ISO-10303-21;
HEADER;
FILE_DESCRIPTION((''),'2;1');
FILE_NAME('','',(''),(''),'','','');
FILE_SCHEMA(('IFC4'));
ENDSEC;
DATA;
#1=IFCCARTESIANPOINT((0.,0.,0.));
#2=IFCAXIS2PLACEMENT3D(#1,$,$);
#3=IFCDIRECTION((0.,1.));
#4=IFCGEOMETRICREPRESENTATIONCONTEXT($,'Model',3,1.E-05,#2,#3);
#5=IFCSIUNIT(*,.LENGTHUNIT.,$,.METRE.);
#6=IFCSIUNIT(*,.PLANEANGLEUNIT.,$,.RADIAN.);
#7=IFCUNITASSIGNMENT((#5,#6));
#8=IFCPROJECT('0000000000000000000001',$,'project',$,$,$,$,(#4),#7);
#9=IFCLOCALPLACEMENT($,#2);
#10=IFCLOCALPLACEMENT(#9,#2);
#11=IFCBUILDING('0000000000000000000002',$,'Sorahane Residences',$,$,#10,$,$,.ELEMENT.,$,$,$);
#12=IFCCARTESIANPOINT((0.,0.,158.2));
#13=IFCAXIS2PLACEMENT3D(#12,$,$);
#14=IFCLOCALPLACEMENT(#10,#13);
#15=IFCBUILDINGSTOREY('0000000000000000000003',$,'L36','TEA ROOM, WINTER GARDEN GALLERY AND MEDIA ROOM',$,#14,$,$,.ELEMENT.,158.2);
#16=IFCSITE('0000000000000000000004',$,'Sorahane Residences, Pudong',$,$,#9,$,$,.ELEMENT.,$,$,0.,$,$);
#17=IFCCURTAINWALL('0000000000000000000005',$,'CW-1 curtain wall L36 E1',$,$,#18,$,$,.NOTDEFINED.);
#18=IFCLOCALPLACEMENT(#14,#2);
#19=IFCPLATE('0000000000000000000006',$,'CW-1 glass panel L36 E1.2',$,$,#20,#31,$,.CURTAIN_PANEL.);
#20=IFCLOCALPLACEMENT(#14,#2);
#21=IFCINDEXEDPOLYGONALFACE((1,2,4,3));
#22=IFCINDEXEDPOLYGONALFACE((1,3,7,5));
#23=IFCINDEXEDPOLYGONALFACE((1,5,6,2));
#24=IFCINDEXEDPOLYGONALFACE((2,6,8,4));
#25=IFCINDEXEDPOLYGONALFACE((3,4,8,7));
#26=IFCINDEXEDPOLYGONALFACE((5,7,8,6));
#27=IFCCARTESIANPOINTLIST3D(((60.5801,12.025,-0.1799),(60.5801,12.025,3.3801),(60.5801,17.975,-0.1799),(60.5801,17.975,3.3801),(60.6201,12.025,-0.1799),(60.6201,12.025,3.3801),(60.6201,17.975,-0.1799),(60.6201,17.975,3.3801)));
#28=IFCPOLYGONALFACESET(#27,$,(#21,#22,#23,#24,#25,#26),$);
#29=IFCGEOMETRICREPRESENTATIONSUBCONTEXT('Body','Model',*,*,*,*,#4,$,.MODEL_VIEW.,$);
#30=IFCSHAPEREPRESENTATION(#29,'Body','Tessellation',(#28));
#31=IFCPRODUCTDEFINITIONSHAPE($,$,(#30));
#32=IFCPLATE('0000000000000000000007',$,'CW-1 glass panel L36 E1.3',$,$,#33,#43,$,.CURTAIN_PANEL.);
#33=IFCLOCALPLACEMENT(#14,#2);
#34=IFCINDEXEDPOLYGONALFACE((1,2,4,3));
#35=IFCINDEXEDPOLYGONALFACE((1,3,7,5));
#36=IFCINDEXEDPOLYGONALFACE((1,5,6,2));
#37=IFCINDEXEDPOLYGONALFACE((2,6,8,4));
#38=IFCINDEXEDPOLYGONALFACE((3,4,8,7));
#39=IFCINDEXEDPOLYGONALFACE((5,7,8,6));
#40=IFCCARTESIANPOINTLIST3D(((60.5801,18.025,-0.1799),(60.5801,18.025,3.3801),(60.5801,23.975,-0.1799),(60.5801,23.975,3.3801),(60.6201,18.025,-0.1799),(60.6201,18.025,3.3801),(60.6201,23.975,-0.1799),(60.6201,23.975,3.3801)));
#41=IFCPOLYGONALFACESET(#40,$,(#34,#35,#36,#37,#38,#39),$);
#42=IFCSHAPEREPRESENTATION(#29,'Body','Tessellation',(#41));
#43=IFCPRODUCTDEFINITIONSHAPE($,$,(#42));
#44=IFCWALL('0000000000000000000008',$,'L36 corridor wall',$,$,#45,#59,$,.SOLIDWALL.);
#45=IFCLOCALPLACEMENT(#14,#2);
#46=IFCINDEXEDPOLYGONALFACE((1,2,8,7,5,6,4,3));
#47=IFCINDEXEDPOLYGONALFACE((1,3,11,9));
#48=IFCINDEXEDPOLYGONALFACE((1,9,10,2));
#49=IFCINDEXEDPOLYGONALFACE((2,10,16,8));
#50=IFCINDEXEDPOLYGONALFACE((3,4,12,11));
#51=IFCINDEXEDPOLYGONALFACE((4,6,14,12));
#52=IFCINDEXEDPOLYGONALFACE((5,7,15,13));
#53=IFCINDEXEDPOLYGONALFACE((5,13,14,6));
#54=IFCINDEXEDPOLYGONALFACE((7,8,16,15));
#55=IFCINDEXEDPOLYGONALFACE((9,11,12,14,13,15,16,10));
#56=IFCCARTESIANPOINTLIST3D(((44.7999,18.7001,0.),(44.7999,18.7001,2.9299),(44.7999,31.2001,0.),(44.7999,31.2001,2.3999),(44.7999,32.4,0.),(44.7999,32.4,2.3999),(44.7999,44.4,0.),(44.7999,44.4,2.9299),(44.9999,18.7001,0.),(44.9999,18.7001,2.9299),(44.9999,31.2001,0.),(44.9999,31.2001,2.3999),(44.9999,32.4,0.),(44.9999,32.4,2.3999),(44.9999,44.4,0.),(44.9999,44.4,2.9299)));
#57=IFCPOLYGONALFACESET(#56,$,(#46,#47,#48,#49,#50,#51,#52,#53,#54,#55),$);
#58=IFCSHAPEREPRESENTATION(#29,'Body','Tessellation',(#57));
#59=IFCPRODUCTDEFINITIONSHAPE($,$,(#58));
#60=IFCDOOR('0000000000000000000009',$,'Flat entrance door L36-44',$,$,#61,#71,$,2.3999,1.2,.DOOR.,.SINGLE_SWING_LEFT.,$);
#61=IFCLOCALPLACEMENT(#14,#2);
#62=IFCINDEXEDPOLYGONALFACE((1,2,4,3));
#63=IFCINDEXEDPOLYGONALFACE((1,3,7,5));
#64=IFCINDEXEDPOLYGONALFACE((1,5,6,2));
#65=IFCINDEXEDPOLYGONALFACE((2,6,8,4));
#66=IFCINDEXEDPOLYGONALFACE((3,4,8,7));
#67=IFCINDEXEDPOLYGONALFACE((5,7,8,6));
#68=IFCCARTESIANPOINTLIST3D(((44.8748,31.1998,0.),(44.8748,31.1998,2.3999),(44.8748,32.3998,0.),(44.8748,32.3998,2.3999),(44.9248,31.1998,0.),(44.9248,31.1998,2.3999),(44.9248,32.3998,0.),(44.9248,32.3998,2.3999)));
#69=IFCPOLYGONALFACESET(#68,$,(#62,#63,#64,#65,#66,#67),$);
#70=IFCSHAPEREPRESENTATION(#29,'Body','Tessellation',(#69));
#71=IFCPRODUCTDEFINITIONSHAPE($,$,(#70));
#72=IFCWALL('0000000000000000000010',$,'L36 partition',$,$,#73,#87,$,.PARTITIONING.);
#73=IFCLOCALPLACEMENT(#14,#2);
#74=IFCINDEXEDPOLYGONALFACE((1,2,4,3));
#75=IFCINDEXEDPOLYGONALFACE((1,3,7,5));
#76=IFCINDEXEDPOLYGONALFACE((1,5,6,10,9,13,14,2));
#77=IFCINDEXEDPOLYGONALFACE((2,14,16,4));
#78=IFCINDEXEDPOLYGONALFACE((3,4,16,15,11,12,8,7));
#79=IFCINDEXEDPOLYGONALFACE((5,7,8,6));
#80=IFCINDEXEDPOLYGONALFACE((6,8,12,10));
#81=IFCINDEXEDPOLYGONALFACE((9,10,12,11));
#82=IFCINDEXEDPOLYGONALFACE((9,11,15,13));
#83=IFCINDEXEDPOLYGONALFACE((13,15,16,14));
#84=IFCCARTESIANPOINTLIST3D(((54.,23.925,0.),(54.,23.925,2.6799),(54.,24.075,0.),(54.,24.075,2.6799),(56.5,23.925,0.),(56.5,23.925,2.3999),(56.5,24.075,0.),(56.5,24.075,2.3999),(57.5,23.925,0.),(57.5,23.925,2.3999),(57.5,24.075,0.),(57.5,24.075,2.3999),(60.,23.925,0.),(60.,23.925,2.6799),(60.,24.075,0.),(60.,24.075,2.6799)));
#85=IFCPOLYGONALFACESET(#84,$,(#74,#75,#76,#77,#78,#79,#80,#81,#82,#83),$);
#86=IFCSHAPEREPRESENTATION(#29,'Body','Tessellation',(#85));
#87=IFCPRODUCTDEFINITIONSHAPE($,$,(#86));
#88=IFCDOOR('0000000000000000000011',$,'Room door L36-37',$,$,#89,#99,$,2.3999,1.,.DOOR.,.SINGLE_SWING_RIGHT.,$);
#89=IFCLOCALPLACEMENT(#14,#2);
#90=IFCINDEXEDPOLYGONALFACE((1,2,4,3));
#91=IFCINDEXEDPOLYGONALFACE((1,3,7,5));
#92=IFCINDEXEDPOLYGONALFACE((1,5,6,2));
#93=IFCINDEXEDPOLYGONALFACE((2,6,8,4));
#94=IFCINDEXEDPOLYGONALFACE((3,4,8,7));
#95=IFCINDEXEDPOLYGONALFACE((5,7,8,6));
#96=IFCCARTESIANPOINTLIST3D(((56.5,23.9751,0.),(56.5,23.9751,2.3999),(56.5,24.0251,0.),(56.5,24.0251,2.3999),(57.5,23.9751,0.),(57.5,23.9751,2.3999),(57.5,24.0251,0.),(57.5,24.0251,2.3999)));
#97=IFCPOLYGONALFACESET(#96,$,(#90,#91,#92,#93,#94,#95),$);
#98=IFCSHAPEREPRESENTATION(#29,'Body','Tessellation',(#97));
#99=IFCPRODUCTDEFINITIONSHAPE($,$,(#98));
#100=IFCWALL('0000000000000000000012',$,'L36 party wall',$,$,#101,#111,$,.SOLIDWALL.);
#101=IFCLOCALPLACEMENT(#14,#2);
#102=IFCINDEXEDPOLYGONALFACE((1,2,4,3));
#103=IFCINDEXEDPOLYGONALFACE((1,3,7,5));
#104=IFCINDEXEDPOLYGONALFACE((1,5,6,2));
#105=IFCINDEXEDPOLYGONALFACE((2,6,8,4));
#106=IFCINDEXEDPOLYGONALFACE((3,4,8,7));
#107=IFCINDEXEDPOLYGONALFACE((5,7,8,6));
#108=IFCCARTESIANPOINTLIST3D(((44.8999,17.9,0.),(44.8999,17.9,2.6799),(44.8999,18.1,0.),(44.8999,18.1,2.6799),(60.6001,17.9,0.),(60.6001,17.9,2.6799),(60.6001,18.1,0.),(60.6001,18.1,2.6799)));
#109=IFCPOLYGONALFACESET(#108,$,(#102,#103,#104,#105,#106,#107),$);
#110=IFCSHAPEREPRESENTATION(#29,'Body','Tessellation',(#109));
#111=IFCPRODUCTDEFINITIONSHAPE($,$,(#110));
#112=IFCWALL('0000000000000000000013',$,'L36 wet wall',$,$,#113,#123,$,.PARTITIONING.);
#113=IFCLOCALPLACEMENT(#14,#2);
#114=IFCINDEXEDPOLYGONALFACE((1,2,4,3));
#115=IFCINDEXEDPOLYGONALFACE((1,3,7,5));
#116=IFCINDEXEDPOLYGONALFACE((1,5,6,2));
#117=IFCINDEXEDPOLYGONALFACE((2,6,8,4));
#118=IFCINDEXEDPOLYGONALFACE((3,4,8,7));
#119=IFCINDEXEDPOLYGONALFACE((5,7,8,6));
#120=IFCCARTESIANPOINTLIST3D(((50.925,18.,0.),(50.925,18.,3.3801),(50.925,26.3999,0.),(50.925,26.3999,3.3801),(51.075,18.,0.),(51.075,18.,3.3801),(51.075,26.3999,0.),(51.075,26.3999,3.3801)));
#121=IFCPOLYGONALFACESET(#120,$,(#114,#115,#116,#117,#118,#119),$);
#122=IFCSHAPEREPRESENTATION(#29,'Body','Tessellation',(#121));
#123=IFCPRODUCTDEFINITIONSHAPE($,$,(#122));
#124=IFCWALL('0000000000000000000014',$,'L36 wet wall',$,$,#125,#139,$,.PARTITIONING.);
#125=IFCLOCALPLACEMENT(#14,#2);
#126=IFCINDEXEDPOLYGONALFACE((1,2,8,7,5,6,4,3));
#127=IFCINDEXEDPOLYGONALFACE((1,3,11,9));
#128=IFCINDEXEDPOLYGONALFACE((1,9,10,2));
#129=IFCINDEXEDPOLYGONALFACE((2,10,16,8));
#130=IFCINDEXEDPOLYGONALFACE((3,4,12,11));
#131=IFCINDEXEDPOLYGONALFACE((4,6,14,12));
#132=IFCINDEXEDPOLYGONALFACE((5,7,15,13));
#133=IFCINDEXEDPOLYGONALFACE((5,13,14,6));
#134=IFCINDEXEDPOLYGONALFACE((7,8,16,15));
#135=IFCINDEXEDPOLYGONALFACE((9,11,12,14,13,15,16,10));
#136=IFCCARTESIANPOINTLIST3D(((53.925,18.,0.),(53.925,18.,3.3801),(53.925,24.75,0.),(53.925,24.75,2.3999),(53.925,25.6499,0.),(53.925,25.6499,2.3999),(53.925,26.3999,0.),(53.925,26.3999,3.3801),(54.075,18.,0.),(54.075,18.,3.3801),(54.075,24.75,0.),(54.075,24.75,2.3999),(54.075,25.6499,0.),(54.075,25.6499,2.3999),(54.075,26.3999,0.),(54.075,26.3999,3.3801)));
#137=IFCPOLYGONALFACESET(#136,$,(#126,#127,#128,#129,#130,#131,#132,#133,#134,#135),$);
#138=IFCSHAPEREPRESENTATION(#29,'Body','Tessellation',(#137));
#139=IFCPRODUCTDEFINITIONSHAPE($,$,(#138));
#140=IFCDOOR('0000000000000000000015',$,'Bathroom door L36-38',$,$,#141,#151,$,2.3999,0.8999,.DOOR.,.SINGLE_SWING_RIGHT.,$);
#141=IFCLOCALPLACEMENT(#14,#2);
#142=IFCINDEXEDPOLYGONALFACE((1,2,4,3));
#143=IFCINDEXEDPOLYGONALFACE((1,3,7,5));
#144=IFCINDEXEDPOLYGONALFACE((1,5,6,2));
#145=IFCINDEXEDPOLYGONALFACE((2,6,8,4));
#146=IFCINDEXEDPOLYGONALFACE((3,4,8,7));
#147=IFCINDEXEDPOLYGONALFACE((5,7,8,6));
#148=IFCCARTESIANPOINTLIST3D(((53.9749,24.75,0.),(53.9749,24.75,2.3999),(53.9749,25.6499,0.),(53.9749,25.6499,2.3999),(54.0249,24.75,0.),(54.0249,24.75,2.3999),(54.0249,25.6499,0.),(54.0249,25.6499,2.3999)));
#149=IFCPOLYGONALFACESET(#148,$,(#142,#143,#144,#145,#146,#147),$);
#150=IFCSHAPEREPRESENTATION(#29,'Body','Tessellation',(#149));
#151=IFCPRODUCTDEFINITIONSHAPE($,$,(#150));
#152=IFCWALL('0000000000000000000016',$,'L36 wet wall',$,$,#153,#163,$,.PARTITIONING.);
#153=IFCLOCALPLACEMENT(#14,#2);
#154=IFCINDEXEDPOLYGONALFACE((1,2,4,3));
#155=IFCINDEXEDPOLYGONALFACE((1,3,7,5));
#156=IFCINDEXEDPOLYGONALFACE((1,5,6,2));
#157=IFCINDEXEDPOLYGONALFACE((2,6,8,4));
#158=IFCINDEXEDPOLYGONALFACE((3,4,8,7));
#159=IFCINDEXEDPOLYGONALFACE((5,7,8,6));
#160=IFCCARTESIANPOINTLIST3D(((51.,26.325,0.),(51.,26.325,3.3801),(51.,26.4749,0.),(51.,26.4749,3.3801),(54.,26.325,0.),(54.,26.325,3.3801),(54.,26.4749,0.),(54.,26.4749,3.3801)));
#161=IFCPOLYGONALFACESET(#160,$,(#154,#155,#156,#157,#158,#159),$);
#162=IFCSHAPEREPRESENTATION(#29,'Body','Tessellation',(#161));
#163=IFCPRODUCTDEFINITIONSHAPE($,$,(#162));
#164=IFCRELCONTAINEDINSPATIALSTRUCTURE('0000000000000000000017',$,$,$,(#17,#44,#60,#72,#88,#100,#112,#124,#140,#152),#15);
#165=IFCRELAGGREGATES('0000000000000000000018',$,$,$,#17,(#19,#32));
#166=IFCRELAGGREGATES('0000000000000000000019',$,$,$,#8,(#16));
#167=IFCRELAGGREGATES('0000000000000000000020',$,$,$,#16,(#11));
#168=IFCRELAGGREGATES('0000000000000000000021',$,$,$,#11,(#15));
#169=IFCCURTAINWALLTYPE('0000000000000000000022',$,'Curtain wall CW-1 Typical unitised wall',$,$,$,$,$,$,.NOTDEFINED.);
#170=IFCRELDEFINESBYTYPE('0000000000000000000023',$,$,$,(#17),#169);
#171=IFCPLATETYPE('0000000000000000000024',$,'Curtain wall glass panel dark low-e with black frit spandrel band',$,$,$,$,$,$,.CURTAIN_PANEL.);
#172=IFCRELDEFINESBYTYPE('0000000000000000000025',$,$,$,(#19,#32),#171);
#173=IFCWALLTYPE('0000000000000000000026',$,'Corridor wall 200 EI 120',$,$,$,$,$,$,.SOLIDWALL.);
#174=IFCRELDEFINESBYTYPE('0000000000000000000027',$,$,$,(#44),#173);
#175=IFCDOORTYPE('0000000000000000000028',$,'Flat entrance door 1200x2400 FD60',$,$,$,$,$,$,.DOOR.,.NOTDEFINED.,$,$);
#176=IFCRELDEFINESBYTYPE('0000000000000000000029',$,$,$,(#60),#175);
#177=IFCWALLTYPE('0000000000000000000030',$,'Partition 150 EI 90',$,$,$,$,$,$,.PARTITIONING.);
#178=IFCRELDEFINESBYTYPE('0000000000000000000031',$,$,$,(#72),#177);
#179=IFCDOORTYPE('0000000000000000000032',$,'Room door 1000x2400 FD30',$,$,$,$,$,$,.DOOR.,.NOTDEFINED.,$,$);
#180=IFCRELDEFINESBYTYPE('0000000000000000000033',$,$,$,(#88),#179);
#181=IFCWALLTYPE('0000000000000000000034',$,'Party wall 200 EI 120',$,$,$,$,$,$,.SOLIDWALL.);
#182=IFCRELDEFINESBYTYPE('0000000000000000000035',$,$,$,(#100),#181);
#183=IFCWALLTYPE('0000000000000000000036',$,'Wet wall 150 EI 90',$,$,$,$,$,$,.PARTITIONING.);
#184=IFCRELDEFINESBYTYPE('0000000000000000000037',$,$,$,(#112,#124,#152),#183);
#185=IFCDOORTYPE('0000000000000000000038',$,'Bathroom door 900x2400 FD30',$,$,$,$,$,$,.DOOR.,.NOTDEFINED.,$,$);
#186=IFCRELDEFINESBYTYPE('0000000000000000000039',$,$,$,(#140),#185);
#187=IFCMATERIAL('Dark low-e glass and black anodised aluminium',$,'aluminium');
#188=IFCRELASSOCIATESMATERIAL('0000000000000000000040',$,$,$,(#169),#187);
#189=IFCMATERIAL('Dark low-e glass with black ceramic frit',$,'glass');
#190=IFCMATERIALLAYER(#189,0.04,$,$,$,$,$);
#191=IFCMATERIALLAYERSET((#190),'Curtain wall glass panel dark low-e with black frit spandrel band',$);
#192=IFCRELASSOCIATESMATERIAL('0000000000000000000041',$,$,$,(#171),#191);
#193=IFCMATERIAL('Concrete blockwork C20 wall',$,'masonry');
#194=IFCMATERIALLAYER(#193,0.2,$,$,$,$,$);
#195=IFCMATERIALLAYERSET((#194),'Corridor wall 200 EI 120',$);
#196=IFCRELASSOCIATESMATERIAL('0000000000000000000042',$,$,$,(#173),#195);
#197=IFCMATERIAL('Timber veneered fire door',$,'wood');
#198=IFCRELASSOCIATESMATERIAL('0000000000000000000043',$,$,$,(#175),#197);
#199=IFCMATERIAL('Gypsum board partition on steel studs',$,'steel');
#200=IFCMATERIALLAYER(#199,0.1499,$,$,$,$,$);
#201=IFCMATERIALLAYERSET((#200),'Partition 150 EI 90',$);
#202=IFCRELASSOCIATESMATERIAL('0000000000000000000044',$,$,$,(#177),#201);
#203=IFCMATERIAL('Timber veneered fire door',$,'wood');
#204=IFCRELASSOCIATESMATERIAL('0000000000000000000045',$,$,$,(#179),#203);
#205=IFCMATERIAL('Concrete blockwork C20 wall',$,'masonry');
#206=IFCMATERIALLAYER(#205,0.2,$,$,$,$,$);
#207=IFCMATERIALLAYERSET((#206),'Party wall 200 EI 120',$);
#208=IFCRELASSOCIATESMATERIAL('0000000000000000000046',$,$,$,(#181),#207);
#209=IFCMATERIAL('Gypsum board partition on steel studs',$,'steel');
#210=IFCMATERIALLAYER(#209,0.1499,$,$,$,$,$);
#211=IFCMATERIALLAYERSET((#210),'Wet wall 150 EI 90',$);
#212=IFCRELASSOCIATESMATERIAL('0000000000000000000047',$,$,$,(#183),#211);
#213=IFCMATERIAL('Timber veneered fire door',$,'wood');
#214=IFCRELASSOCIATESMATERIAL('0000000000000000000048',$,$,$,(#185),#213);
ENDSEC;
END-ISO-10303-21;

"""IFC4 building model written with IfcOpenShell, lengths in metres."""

from ifc_helpers import new_model, si_unit, direction, frame, frame_2d, origin, origin_2d, place, context, subcontext, project, spatial, rectangle, extrude, material, layer, layer_set, type_object, element, fill, aggregate, save


model = new_model("IFC4")

# Units and contexts
model_context = context("Model", 3, precision=1e-05, world=origin(), true_north=direction((0.0, 1.0)))
body_context = subcontext(model_context, "Body", "Model", "MODEL_VIEW")
ifc_project = project(units=[si_unit("LENGTHUNIT", "METRE"), si_unit("PLANEANGLEUNIT", "RADIAN")], contexts=[model_context])

# Site, building, storey
site_placement = place(None, origin())
site = spatial("IfcSite", under=ifc_project, at=site_placement, Name="Sorahane Residences, Pudong", CompositionType="ELEMENT", RefElevation=0.0)
building_placement = place(site_placement, origin())
building = spatial("IfcBuilding", under=site, at=building_placement, Name="Sorahane Residences", CompositionType="ELEMENT")
storey_placement = place(building_placement, frame((0.0, 0.0, 158.2)))
storey = spatial("IfcBuildingStorey", under=building, at=storey_placement, Name="L36", Description="TEA ROOM, WINTER GARDEN GALLERY AND MEDIA ROOM", CompositionType="ELEMENT", Elevation=158.2)

# Curtain wall
ifc_material_1 = material(Name="Dark low-e glass and black anodised aluminium", Category="aluminium")
curtain_wall_type = type_object("IfcCurtainWallType", Name="Curtain wall CW-1 Typical unitised wall", PredefinedType="NOTDEFINED", material=ifc_material_1)
curtain_wall_placement = place(storey_placement, origin())
curtain_wall = element("IfcCurtainWall", 1, at=curtain_wall_placement, inside=storey, type_object=curtain_wall_type, Name="CW-1 curtain wall L36 E1", PredefinedType="NOTDEFINED")

# Plates
ifc_material_2 = material(Name="Dark low-e glass with black ceramic frit", Category="glass")
ifc_layer_1 = layer(ifc_material_2, 0.04)
ifc_layer_set_1 = layer_set([ifc_layer_1], Name="Curtain wall glass panel dark low-e with black frit spandrel band")
plate_type = type_object("IfcPlateType", Name="Curtain wall glass panel dark low-e with black frit spandrel band", PredefinedType="CURTAIN_PANEL", material=ifc_layer_set_1)
plate_1_placement = place(storey_placement, frame((60.6001, 15.0, -0.1799), z_axis=(0.0, 0.0, 1.0), x_axis=(0.0, 1.0, 0.0)))
plate_1 = element("IfcPlate", 2, at=plate_1_placement, type_object=plate_type, Name="CW-1 glass panel L36 E1.2", PredefinedType="CURTAIN_PANEL", context=body_context, shape_type="SweptSolid", body=[
    extrude(rectangle(XDim=5.95, YDim=0.04, at=origin_2d()), origin(), (0.0, 0.0, 1.0), 3.5601),
])
plate_2_placement = place(storey_placement, frame((60.6001, 21.0, -0.1799), z_axis=(0.0, 0.0, 1.0), x_axis=(0.0, 1.0, 0.0)))
plate_2 = element("IfcPlate", 3, at=plate_2_placement, type_object=plate_type, Name="CW-1 glass panel L36 E1.3", PredefinedType="CURTAIN_PANEL", context=body_context, shape_type="SweptSolid", body=[
    extrude(rectangle(XDim=5.95, YDim=0.04, at=origin_2d()), origin(), (0.0, 0.0, 1.0), 3.5601),
])
aggregate(curtain_wall, [plate_1, plate_2])

# Walls, openings, doors
ifc_material_3 = material(Name="Concrete blockwork C20 wall", Category="masonry")
ifc_layer_2 = layer(ifc_material_3, 0.2)
ifc_layer_set_2 = layer_set([ifc_layer_2], Name="Corridor wall 200 EI 120")
wall_type_1 = type_object("IfcWallType", Name="Corridor wall 200 EI 120", PredefinedType="SOLIDWALL", material=ifc_layer_set_2)
wall_1_placement = place(storey_placement, frame((44.8999, 18.7, 0.0), z_axis=(0.0, 0.0, 1.0), x_axis=(0.0, 1.0, 0.0)))
wall_1 = element("IfcWall", 4, at=wall_1_placement, inside=storey, type_object=wall_type_1, Name="L36 corridor wall", PredefinedType="SOLIDWALL", context=body_context, shape_type="SweptSolid", body=[
    extrude(rectangle(XDim=25.7, YDim=0.2, at=frame_2d((12.8501, 0.0))), origin(), (0.0, 0.0, 1.0), 2.9299),
])
opening_1_placement = place(wall_1_placement, frame((12.5, 0.0, 0.0)))
opening_1 = element("IfcOpeningElement", 5, at=opening_1_placement, cuts=wall_1, PredefinedType="OPENING", context=body_context, shape_type="SweptSolid", body=[
    extrude(rectangle(XDim=1.2, YDim=2.3999, at=frame_2d((0.6001, 1.2))), frame((0.0, 0.1099, 0.0), z_axis=(0.0, -1.0, 0.0), x_axis=(1.0, 0.0, 0.0)), (0.0, 0.0, 1.0), 0.22),
])
ifc_material_4 = material(Name="Timber veneered fire door", Category="wood")
door_type_1 = type_object("IfcDoorType", Name="Flat entrance door 1200x2400 FD60", OperationType="NOTDEFINED", PredefinedType="DOOR", material=ifc_material_4)
door_1_placement = place(opening_1_placement, frame((1.2, 0.0, 0.0), z_axis=(0.0, 0.0, 1.0), x_axis=(-1.0, 0.0, 0.0)))
door_1 = element("IfcDoor", 6, at=door_1_placement, inside=storey, type_object=door_type_1, Name="Flat entrance door L36-44", OperationType="SINGLE_SWING_LEFT", OverallHeight=2.3999, OverallWidth=1.2, PredefinedType="DOOR", context=body_context, shape_type="SweptSolid", body=[
    extrude(rectangle(XDim=1.2, YDim=2.3999, at=frame_2d((0.6001, 1.2))), frame((0.0, 0.0249, 0.0), z_axis=(0.0, -1.0, 0.0), x_axis=(1.0, 0.0, 0.0)), (0.0, 0.0, 1.0), 0.05),
])
fill(opening_1, door_1)
ifc_material_5 = material(Name="Gypsum board partition on steel studs", Category="steel")
ifc_layer_3 = layer(ifc_material_5, 0.1499)
ifc_layer_set_3 = layer_set([ifc_layer_3], Name="Partition 150 EI 90")
wall_type_2 = type_object("IfcWallType", Name="Partition 150 EI 90", PredefinedType="PARTITIONING", material=ifc_layer_set_3)
ifc_material_6 = material(Name="Timber veneered fire door", Category="wood")
door_type_2 = type_object("IfcDoorType", Name="Room door 1000x2400 FD30", OperationType="NOTDEFINED", PredefinedType="DOOR", material=ifc_material_6)
wall_2_placement = place(storey_placement, frame((54.0, 24.0, 0.0), z_axis=(0.0, 0.0, 1.0), x_axis=(1.0, 0.0, 0.0)))
wall_2 = element("IfcWall", 7, at=wall_2_placement, inside=storey, type_object=wall_type_2, Name="L36 partition", PredefinedType="PARTITIONING", context=body_context, shape_type="SweptSolid", body=[
    extrude(rectangle(XDim=6.0, YDim=0.1499, at=frame_2d((3.0, 0.0))), origin(), (0.0, 0.0, 1.0), 2.6799),
])
opening_2_placement = place(wall_2_placement, frame((2.5, 0.0, 0.0)))
opening_2 = element("IfcOpeningElement", 8, at=opening_2_placement, cuts=wall_2, PredefinedType="OPENING", context=body_context, shape_type="SweptSolid", body=[
    extrude(rectangle(XDim=1.0, YDim=2.3999, at=frame_2d((0.5, 1.2))), frame((0.0, 0.085, 0.0), z_axis=(0.0, -1.0, 0.0), x_axis=(1.0, 0.0, 0.0)), (0.0, 0.0, 1.0), 0.1699),
])
door_2_placement = place(opening_2_placement, frame((1.0, 0.0, 0.0), z_axis=(0.0, 0.0, 1.0), x_axis=(-1.0, 0.0, 0.0)))
door_2 = element("IfcDoor", 9, at=door_2_placement, inside=storey, type_object=door_type_2, Name="Room door L36-37", OperationType="SINGLE_SWING_RIGHT", OverallHeight=2.3999, OverallWidth=1.0, PredefinedType="DOOR", context=body_context, shape_type="SweptSolid", body=[
    extrude(rectangle(XDim=1.0, YDim=2.3999, at=frame_2d((0.5, 1.2))), frame((0.0, 0.0249, 0.0), z_axis=(0.0, -1.0, 0.0), x_axis=(1.0, 0.0, 0.0)), (0.0, 0.0, 1.0), 0.05),
])
fill(opening_2, door_2)

# Walls
ifc_material_7 = material(Name="Concrete blockwork C20 wall", Category="masonry")
ifc_layer_4 = layer(ifc_material_7, 0.2)
ifc_layer_set_4 = layer_set([ifc_layer_4], Name="Party wall 200 EI 120")
wall_type_3 = type_object("IfcWallType", Name="Party wall 200 EI 120", PredefinedType="SOLIDWALL", material=ifc_layer_set_4)
wall_3_placement = place(storey_placement, frame((44.8999, 18.0, 0.0), z_axis=(0.0, 0.0, 1.0), x_axis=(1.0, 0.0, 0.0)))
element("IfcWall", 10, at=wall_3_placement, inside=storey, type_object=wall_type_3, Name="L36 party wall", PredefinedType="SOLIDWALL", context=body_context, shape_type="SweptSolid", body=[
    extrude(rectangle(XDim=15.7002, YDim=0.2, at=frame_2d((7.8501, 0.0))), origin(), (0.0, 0.0, 1.0), 2.6799),
])
ifc_material_8 = material(Name="Gypsum board partition on steel studs", Category="steel")
ifc_layer_5 = layer(ifc_material_8, 0.1499)
ifc_layer_set_5 = layer_set([ifc_layer_5], Name="Wet wall 150 EI 90")
wall_type_4 = type_object("IfcWallType", Name="Wet wall 150 EI 90", PredefinedType="PARTITIONING", material=ifc_layer_set_5)
wall_4_placement = place(storey_placement, frame((51.0, 18.0, 0.0), z_axis=(0.0, 0.0, 1.0), x_axis=(0.0, 1.0, 0.0)))
element("IfcWall", 11, at=wall_4_placement, inside=storey, type_object=wall_type_4, Name="L36 wet wall", PredefinedType="PARTITIONING", context=body_context, shape_type="SweptSolid", body=[
    extrude(rectangle(XDim=8.3999, YDim=0.1499, at=frame_2d((4.2, 0.0))), origin(), (0.0, 0.0, 1.0), 3.3801),
])

# Wall, opening, door
wall_5_placement = place(storey_placement, frame((54.0, 18.0, 0.0), z_axis=(0.0, 0.0, 1.0), x_axis=(0.0, 1.0, 0.0)))
wall_5 = element("IfcWall", 12, at=wall_5_placement, inside=storey, type_object=wall_type_4, Name="L36 wet wall", PredefinedType="PARTITIONING", context=body_context, shape_type="SweptSolid", body=[
    extrude(rectangle(XDim=8.3999, YDim=0.1499, at=frame_2d((4.2, 0.0))), origin(), (0.0, 0.0, 1.0), 3.3801),
])
opening_3_placement = place(wall_5_placement, frame((6.75, 0.0, 0.0)))
opening_3 = element("IfcOpeningElement", 13, at=opening_3_placement, cuts=wall_5, PredefinedType="OPENING", context=body_context, shape_type="SweptSolid", body=[
    extrude(rectangle(XDim=0.8999, YDim=2.3999, at=frame_2d((0.45, 1.2))), frame((0.0, 0.085, 0.0), z_axis=(0.0, -1.0, 0.0), x_axis=(1.0, 0.0, 0.0)), (0.0, 0.0, 1.0), 0.1699),
])
ifc_material_9 = material(Name="Timber veneered fire door", Category="wood")
door_type_3 = type_object("IfcDoorType", Name="Bathroom door 900x2400 FD30", OperationType="NOTDEFINED", PredefinedType="DOOR", material=ifc_material_9)
door_3_placement = place(opening_3_placement, frame((0.8999, 0.0, 0.0), z_axis=(0.0, 0.0, 1.0), x_axis=(-1.0, 0.0, 0.0)))
door_3 = element("IfcDoor", 14, at=door_3_placement, inside=storey, type_object=door_type_3, Name="Bathroom door L36-38", OperationType="SINGLE_SWING_RIGHT", OverallHeight=2.3999, OverallWidth=0.8999, PredefinedType="DOOR", context=body_context, shape_type="SweptSolid", body=[
    extrude(rectangle(XDim=0.8999, YDim=2.3999, at=frame_2d((0.45, 1.2))), frame((0.0, 0.0249, 0.0), z_axis=(0.0, -1.0, 0.0), x_axis=(1.0, 0.0, 0.0)), (0.0, 0.0, 1.0), 0.05),
])
fill(opening_3, door_3)

# Wall
wall_6_placement = place(storey_placement, frame((51.0, 26.3999, 0.0), z_axis=(0.0, 0.0, 1.0), x_axis=(1.0, 0.0, 0.0)))
element("IfcWall", 15, at=wall_6_placement, inside=storey, type_object=wall_type_4, Name="L36 wet wall", PredefinedType="PARTITIONING", context=body_context, shape_type="SweptSolid", body=[
    extrude(rectangle(XDim=3.0, YDim=0.1499, at=frame_2d((1.5, 0.0))), origin(), (0.0, 0.0, 1.0), 3.3801),
])

save(model, "model.ifc")
